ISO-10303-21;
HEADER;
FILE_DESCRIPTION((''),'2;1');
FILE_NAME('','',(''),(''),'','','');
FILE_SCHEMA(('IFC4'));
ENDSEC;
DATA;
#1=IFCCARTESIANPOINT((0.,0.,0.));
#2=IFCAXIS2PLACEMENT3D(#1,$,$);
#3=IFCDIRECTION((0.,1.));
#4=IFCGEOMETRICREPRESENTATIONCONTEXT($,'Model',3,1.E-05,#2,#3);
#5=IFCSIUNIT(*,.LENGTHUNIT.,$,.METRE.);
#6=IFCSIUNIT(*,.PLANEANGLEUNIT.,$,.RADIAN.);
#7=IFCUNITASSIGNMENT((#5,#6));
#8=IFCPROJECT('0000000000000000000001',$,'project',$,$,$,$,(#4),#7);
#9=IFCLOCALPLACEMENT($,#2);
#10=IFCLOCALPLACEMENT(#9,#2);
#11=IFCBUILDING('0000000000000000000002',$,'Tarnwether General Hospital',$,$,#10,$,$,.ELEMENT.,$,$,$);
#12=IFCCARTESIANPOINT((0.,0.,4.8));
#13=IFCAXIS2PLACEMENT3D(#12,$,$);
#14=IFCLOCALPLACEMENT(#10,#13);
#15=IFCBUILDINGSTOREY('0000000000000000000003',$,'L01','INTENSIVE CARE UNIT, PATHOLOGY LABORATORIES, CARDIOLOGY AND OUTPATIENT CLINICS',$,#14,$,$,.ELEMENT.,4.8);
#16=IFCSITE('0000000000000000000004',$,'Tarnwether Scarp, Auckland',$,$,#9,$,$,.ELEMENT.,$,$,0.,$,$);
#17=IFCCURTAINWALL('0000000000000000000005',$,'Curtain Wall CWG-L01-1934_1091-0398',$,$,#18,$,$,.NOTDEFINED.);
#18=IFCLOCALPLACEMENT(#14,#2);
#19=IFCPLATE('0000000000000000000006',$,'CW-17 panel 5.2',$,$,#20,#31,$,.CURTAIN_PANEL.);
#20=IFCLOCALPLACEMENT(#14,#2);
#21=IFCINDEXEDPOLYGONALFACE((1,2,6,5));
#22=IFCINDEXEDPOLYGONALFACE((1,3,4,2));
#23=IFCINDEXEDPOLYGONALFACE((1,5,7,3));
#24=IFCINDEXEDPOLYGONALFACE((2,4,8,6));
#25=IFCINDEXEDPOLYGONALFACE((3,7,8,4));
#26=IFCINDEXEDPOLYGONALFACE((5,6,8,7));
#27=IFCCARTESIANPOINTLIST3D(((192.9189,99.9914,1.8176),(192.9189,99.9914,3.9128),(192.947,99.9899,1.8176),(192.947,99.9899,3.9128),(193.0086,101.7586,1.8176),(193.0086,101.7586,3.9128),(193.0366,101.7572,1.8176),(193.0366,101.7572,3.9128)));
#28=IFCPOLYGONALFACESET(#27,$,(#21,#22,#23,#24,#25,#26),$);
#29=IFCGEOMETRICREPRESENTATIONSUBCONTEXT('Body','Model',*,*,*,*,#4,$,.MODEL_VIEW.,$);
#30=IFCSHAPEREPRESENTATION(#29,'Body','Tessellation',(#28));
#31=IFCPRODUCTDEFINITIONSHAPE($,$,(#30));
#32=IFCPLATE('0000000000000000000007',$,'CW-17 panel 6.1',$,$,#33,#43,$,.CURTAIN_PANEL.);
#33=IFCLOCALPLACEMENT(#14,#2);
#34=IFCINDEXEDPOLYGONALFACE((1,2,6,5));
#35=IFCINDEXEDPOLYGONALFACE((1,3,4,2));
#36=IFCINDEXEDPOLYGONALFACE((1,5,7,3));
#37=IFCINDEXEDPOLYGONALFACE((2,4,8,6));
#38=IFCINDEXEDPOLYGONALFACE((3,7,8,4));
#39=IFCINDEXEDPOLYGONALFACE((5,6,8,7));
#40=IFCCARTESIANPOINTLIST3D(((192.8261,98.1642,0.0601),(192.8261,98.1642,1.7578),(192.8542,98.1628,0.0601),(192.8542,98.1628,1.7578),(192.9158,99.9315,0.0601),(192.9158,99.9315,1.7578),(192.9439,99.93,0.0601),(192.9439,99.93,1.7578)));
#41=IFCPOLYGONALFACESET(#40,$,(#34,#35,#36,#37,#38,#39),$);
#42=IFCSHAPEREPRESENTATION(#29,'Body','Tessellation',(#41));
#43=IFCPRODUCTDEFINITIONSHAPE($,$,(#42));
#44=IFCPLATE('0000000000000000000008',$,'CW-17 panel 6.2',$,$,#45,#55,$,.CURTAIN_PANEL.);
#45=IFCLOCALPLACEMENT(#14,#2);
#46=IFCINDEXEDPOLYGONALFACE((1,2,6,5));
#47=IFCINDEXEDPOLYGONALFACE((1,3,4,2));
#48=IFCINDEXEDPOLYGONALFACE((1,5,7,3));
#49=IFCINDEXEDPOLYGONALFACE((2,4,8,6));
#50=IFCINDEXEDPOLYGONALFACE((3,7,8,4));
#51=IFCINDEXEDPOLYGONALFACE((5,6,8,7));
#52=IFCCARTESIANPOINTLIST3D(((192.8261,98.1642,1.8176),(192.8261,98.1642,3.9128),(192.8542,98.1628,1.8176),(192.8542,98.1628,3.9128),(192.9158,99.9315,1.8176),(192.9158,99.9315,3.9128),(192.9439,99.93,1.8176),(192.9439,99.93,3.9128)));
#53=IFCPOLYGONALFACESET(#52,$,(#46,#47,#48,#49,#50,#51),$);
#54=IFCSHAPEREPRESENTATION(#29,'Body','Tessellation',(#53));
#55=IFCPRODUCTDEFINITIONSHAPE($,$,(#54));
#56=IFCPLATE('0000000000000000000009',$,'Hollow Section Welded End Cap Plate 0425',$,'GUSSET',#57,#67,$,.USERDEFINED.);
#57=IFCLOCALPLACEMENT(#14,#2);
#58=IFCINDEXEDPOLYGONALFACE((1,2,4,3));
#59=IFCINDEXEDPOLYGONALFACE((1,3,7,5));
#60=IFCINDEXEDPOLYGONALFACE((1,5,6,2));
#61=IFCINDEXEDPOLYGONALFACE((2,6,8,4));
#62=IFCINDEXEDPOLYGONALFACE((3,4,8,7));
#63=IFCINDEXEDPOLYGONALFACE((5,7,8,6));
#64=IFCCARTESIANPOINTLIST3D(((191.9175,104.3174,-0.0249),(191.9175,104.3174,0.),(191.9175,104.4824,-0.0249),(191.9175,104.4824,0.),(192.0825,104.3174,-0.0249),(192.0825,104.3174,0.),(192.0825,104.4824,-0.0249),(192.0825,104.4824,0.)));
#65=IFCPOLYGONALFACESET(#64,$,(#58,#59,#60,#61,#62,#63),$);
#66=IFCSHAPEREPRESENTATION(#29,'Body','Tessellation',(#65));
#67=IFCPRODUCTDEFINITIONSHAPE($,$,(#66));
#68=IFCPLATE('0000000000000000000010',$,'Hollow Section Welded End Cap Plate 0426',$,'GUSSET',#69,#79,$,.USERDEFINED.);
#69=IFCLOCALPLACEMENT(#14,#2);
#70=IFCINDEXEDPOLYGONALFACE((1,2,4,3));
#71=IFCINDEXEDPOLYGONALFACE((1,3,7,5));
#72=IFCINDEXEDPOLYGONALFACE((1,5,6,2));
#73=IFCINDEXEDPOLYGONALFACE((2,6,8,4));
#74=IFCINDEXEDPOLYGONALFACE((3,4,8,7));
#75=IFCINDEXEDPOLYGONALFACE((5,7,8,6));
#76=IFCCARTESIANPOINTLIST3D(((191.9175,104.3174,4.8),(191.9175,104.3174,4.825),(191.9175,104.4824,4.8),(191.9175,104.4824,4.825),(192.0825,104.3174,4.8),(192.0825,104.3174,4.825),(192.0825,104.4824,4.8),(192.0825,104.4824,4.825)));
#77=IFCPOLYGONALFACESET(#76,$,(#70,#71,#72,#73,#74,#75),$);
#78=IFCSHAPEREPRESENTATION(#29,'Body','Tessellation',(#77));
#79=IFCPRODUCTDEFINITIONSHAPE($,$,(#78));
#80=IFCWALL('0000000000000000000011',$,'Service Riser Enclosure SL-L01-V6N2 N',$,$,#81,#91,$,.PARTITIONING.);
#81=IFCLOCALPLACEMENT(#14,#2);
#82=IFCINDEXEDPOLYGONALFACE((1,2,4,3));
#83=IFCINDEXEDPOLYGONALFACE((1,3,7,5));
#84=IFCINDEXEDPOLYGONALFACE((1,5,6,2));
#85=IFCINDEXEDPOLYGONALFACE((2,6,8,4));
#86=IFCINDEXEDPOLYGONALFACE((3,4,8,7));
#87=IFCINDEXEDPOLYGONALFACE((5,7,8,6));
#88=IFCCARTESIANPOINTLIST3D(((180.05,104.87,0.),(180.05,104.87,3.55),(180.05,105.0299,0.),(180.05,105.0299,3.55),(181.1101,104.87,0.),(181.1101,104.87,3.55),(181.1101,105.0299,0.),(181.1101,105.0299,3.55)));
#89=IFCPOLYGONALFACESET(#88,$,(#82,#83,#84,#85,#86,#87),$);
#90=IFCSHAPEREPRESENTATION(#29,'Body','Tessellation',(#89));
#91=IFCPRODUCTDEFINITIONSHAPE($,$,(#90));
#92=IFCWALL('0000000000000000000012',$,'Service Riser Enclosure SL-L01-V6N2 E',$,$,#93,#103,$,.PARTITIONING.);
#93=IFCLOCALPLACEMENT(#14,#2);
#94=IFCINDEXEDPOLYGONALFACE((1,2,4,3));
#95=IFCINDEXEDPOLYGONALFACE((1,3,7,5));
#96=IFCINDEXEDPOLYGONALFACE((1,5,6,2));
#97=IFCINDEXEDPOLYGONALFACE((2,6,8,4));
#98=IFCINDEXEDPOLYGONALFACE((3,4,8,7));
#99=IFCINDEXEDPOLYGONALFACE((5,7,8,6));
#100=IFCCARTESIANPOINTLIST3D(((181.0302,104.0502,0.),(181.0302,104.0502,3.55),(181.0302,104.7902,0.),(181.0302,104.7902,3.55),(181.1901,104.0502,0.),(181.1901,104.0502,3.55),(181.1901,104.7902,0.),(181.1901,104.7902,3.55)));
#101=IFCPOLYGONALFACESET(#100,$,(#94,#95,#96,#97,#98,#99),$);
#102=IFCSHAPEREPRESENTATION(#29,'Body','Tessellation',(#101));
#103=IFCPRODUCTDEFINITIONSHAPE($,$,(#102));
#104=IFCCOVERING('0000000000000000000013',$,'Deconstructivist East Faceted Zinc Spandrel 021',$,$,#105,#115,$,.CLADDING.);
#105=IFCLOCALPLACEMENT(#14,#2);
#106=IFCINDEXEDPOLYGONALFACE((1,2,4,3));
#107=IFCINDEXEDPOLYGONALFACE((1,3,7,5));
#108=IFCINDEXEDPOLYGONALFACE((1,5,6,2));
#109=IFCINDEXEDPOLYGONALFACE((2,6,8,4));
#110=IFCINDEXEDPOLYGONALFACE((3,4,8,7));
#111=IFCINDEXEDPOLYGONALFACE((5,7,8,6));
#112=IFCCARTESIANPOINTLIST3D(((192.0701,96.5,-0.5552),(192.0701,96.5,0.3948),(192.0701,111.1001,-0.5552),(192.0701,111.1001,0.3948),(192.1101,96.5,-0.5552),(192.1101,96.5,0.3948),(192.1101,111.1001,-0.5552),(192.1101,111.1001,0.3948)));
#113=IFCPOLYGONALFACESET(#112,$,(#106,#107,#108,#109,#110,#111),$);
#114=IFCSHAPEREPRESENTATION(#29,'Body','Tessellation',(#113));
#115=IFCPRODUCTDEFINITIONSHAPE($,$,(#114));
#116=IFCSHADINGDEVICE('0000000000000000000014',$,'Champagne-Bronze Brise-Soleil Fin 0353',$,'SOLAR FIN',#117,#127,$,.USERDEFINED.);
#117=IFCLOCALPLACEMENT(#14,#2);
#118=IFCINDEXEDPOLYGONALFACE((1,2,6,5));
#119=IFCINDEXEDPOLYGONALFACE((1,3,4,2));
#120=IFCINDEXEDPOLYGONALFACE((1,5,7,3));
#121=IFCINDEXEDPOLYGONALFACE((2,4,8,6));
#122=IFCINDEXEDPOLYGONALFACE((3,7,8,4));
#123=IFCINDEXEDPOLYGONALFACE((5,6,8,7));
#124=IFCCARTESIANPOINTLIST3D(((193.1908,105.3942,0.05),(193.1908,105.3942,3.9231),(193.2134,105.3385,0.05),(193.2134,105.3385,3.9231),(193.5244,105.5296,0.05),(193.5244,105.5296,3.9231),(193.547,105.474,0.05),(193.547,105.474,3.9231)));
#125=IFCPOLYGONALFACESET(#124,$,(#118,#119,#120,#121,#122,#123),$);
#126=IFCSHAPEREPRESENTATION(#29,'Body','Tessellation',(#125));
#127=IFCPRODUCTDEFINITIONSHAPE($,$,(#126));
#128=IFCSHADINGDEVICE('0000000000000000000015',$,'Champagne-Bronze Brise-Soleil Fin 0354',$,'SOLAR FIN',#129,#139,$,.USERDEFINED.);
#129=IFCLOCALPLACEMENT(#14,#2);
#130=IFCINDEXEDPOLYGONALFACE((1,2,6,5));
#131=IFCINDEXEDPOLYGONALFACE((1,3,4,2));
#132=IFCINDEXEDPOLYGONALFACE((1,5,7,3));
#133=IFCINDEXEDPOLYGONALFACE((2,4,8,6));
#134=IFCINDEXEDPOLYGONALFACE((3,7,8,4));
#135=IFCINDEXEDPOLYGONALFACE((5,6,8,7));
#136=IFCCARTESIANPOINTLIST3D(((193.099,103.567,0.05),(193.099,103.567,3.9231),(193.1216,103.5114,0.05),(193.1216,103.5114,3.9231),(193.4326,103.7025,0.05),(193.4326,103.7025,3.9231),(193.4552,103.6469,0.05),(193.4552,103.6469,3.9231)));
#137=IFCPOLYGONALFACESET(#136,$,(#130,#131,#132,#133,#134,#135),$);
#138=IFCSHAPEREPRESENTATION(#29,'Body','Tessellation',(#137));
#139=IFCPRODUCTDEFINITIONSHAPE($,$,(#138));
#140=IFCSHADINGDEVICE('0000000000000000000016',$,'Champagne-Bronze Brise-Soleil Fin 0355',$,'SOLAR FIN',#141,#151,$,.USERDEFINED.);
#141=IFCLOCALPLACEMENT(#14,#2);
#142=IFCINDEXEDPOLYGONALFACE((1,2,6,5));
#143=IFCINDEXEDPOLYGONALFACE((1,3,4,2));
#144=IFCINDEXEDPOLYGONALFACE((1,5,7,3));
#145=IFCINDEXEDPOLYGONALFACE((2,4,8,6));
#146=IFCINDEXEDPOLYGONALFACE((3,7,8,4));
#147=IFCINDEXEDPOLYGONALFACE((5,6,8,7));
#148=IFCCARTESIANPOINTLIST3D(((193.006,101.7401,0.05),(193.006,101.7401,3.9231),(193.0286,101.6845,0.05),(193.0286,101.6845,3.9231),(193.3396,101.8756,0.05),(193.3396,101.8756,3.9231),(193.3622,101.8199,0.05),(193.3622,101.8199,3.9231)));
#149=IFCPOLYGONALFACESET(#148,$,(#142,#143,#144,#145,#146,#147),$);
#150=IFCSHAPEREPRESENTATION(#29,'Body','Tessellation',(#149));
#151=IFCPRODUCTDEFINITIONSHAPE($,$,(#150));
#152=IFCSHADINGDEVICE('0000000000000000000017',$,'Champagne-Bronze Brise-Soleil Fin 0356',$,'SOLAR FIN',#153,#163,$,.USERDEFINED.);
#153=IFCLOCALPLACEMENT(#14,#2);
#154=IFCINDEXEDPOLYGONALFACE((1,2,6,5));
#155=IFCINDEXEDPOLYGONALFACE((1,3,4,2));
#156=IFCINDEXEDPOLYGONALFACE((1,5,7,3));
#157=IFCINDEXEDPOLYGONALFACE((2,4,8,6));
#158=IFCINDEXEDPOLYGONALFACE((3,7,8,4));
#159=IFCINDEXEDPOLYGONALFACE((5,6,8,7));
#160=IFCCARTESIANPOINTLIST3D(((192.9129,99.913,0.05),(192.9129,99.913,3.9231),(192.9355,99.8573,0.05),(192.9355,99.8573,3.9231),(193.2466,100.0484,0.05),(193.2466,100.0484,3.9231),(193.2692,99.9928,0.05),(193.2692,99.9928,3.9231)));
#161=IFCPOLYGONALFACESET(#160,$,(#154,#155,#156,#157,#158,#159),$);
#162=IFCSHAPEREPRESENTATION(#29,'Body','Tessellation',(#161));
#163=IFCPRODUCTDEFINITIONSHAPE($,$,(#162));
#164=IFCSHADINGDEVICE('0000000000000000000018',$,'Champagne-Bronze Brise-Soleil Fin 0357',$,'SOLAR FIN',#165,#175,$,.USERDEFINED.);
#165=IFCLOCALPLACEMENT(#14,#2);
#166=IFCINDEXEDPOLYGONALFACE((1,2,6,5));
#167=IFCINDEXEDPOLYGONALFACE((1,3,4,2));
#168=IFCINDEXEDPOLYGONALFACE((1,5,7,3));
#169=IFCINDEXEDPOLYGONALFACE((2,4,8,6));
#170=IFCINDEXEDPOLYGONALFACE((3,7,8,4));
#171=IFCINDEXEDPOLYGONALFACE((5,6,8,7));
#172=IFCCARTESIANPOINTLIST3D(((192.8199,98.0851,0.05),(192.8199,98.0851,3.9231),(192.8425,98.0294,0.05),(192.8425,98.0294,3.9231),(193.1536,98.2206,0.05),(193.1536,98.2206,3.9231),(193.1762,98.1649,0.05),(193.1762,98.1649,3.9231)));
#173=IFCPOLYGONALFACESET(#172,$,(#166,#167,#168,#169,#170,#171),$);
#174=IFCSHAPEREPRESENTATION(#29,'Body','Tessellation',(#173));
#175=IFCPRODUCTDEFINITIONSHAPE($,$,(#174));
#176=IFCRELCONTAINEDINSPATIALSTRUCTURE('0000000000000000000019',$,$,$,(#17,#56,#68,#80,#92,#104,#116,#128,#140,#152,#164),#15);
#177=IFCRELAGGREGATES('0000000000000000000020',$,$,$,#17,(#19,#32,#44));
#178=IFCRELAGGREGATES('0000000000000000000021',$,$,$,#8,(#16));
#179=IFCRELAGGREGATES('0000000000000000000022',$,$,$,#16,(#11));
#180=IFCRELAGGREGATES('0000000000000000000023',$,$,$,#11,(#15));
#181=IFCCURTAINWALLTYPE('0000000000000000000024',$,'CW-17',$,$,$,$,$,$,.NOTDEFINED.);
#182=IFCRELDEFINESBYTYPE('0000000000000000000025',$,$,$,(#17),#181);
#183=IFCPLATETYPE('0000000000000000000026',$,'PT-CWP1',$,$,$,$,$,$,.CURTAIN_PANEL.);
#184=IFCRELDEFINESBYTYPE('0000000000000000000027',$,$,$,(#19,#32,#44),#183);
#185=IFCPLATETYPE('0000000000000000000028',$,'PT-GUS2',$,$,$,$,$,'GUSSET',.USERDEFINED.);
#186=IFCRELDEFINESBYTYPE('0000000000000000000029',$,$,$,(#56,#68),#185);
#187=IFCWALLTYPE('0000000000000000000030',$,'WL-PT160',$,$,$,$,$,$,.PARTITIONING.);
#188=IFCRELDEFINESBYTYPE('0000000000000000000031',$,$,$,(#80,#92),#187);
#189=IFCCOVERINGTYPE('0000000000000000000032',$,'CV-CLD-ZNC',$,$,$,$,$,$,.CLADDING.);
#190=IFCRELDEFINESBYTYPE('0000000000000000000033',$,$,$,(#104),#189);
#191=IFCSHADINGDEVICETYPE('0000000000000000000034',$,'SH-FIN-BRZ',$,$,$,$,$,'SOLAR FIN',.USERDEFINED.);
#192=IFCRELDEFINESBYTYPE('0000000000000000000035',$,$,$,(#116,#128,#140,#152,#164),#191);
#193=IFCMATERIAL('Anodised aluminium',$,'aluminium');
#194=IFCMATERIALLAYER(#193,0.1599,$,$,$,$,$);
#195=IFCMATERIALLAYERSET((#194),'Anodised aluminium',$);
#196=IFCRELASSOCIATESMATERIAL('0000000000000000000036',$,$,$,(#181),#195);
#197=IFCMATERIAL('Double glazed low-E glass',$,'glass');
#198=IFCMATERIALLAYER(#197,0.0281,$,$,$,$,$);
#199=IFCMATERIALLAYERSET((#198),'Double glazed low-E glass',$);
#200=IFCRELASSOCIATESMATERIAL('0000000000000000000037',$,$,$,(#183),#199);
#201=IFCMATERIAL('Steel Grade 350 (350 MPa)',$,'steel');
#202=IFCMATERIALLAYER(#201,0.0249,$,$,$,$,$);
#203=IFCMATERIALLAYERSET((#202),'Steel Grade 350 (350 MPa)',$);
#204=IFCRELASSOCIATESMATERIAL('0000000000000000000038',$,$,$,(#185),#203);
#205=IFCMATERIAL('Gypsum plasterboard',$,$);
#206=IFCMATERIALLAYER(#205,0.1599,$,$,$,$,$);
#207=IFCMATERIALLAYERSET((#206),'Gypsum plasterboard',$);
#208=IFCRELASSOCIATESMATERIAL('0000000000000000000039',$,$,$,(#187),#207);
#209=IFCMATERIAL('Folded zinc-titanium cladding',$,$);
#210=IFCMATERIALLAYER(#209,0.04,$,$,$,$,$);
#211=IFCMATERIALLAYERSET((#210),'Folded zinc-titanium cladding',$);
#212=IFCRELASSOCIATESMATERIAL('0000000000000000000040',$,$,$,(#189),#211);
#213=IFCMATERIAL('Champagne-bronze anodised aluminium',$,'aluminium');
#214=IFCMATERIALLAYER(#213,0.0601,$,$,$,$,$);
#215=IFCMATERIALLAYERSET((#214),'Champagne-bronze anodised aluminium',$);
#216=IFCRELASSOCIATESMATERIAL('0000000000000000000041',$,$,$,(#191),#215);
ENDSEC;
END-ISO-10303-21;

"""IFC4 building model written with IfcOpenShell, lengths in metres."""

from ifc_helpers import new_model, si_unit, direction, frame, frame_2d, origin, origin_2d, place, context, subcontext, project, spatial, rectangle, extrude, material, layer, layer_set, type_object, element, aggregate, save


model = new_model("IFC4")

# Units and contexts
model_context = context("Model", 3, precision=1e-05, world=origin(), true_north=direction((0.0, 1.0)))
body_context = subcontext(model_context, "Body", "Model", "MODEL_VIEW")
ifc_project = project(units=[si_unit("LENGTHUNIT", "METRE"), si_unit("PLANEANGLEUNIT", "RADIAN")], contexts=[model_context])

# Site, building, storey
site_placement = place(None, origin())
site = spatial("IfcSite", under=ifc_project, at=site_placement, Name="Tarnwether Scarp, Auckland", CompositionType="ELEMENT", RefElevation=0.0)
building_placement = place(site_placement, origin())
building = spatial("IfcBuilding", under=site, at=building_placement, Name="Tarnwether General Hospital", CompositionType="ELEMENT")
storey_placement = place(building_placement, frame((0.0, 0.0, 4.8)))
storey = spatial("IfcBuildingStorey", under=building, at=storey_placement, Name="L01", Description="INTENSIVE CARE UNIT, PATHOLOGY LABORATORIES, CARDIOLOGY AND OUTPATIENT CLINICS", CompositionType="ELEMENT", Elevation=4.8)

# Curtain wall, plates
ifc_material_1 = material(Name="Anodised aluminium", Category="aluminium")
ifc_layer_1 = layer(ifc_material_1, 0.1599)
ifc_layer_set_1 = layer_set([ifc_layer_1], Name="Anodised aluminium")
curtain_wall_type = type_object("IfcCurtainWallType", Name="CW-17", PredefinedType="NOTDEFINED", material=ifc_layer_set_1)
curtain_wall_placement = place(storey_placement, origin())
curtain_wall = element("IfcCurtainWall", 1, at=curtain_wall_placement, inside=storey, type_object=curtain_wall_type, Name="Curtain Wall CWG-L01-1934_1091-0398", PredefinedType="NOTDEFINED")
ifc_material_2 = material(Name="Double glazed low-E glass", Category="glass")
ifc_layer_2 = layer(ifc_material_2, 0.0281)
ifc_layer_set_2 = layer_set([ifc_layer_2], Name="Double glazed low-E glass")
plate_type_1 = type_object("IfcPlateType", Name="PT-CWP1", PredefinedType="CURTAIN_PANEL", material=ifc_layer_set_2)
plate_1_placement = place(storey_placement, frame((192.9778, 100.8743, 1.8176), z_axis=(0.0, 0.0, 1.0), x_axis=(-0.050685, -0.998715, 0.0)))
plate_1 = element("IfcPlate", 2, at=plate_1_placement, type_object=plate_type_1, Name="CW-17 panel 5.2", PredefinedType="CURTAIN_PANEL", context=body_context, shape_type="SweptSolid", body=[
    extrude(rectangle(XDim=1.7695, YDim=0.0281, at=origin_2d()), origin(), (0.0, 0.0, 1.0), 2.0952),
])
plate_2_placement = place(storey_placement, frame((192.885, 99.0471, 0.0601), z_axis=(0.0, 0.0, 1.0), x_axis=(-0.050685, -0.998715, 0.0)))
plate_2 = element("IfcPlate", 3, at=plate_2_placement, type_object=plate_type_1, Name="CW-17 panel 6.1", PredefinedType="CURTAIN_PANEL", context=body_context, shape_type="SweptSolid", body=[
    extrude(rectangle(XDim=1.7695, YDim=0.0281, at=origin_2d()), origin(), (0.0, 0.0, 1.0), 1.6978),
])
plate_3_placement = place(storey_placement, frame((192.885, 99.0471, 1.8176), z_axis=(0.0, 0.0, 1.0), x_axis=(-0.050685, -0.998715, 0.0)))
plate_3 = element("IfcPlate", 4, at=plate_3_placement, type_object=plate_type_1, Name="CW-17 panel 6.2", PredefinedType="CURTAIN_PANEL", context=body_context, shape_type="SweptSolid", body=[
    extrude(rectangle(XDim=1.7695, YDim=0.0281, at=origin_2d()), origin(), (0.0, 0.0, 1.0), 2.0952),
])
aggregate(curtain_wall, [plate_1, plate_2, plate_3])

# Plates
ifc_material_3 = material(Name="Steel Grade 350 (350 MPa)", Category="steel")
ifc_layer_3 = layer(ifc_material_3, 0.0249)
ifc_layer_set_3 = layer_set([ifc_layer_3], Name="Steel Grade 350 (350 MPa)")
plate_type_2 = type_object("IfcPlateType", Name="PT-GUS2", ElementType="GUSSET", PredefinedType="USERDEFINED", material=ifc_layer_set_3)
for number, where, z_axis, x_axis, name in (
    (5, (192.0, 104.3999, -0.0249), (0.0, 0.0, 1.0), (1.0, 0.0, 0.0), "Hollow Section Welded End Cap Plate 0425"),
    (6, (192.0, 104.3999, 4.8), (0.0, 0.0, 1.0), (1.0, 0.0, 0.0), "Hollow Section Welded End Cap Plate 0426"),
):
    element("IfcPlate", number, at=place(storey_placement, frame(where, z_axis=z_axis, x_axis=x_axis)), inside=storey, type_object=plate_type_2, Name=name, ObjectType="GUSSET", PredefinedType="USERDEFINED", context=body_context, shape_type="SweptSolid", body=[
        extrude(rectangle(XDim=0.165, YDim=0.165, at=origin_2d()), origin(), (0.0, 0.0, 1.0), 0.0249),
    ])

# Walls
ifc_material_4 = material(Name="Gypsum plasterboard")
ifc_layer_4 = layer(ifc_material_4, 0.1599)
ifc_layer_set_4 = layer_set([ifc_layer_4], Name="Gypsum plasterboard")
wall_type = type_object("IfcWallType", Name="WL-PT160", PredefinedType="PARTITIONING", material=ifc_layer_set_4)
wall_1_placement = place(storey_placement, frame((181.1101, 104.95, 0.0), z_axis=(0.0, 0.0, 1.0), x_axis=(-1.0, 0.0, 0.0)))
element("IfcWall", 7, at=wall_1_placement, inside=storey, type_object=wall_type, Name="Service Riser Enclosure SL-L01-V6N2 N", PredefinedType="PARTITIONING", context=body_context, shape_type="SweptSolid", body=[
    extrude(rectangle(XDim=1.0601, YDim=0.1599, at=frame_2d((0.53, 0.0))), origin(), (0.0, 0.0, 1.0), 3.55),
])
wall_2_placement = place(storey_placement, frame((181.1101, 104.05, 0.0), z_axis=(0.0, 0.0, 1.0), x_axis=(0.0, 1.0, 0.0)))
element("IfcWall", 8, at=wall_2_placement, inside=storey, type_object=wall_type, Name="Service Riser Enclosure SL-L01-V6N2 E", PredefinedType="PARTITIONING", context=body_context, shape_type="SweptSolid", body=[
    extrude(rectangle(XDim=0.74, YDim=0.1599, at=frame_2d((0.3701, 0.0))), origin(), (0.0, 0.0, 1.0), 3.55),
])

# Covering
ifc_material_5 = material(Name="Folded zinc-titanium cladding")
ifc_layer_5 = layer(ifc_material_5, 0.04)
ifc_layer_set_5 = layer_set([ifc_layer_5], Name="Folded zinc-titanium cladding")
covering_type = type_object("IfcCoveringType", Name="CV-CLD-ZNC", PredefinedType="CLADDING", material=ifc_layer_set_5)
covering_placement = place(storey_placement, frame((192.0901, 103.8, -0.5552), z_axis=(0.0, 0.0, 1.0), x_axis=(0.0, 1.0, 0.0)))
element("IfcCovering", 9, at=covering_placement, inside=storey, type_object=covering_type, Name="Deconstructivist East Faceted Zinc Spandrel 021", PredefinedType="CLADDING", context=body_context, shape_type="SweptSolid", body=[
    extrude(rectangle(XDim=14.6001, YDim=0.04, at=origin_2d()), origin(), (0.0, 0.0, 1.0), 0.95),
])

# Shading devices
ifc_material_6 = material(Name="Champagne-bronze anodised aluminium", Category="aluminium")
ifc_layer_6 = layer(ifc_material_6, 0.0601)
ifc_layer_set_6 = layer_set([ifc_layer_6], Name="Champagne-bronze anodised aluminium")
shading_device_type = type_object("IfcShadingDeviceType", Name="SH-FIN-BRZ", ElementType="SOLAR FIN", PredefinedType="USERDEFINED", material=ifc_layer_set_6)
for number, where, z_axis, x_axis, name in (
    (10, (193.3689, 105.4341, 0.05), (0.0, 0.0, 1.0), (0.376224, -0.926529, 0.0), "Champagne-Bronze Brise-Soleil Fin 0353"),
    (11, (193.2771, 103.6069, 0.05), (0.0, 0.0, 1.0), (0.376224, -0.926529, 0.0), "Champagne-Bronze Brise-Soleil Fin 0354"),
    (12, (193.1841, 101.78, 0.05), (0.0, 0.0, 1.0), (0.376224, -0.926529, 0.0), "Champagne-Bronze Brise-Soleil Fin 0355"),
    (13, (193.0911, 99.9529, 0.05), (0.0, 0.0, 1.0), (0.376224, -0.926529, 0.0), "Champagne-Bronze Brise-Soleil Fin 0356"),
    (14, (192.998, 98.125, 0.05), (0.0, 0.0, 1.0), (0.376224, -0.926529, 0.0), "Champagne-Bronze Brise-Soleil Fin 0357"),
):
    element("IfcShadingDevice", number, at=place(storey_placement, frame(where, z_axis=z_axis, x_axis=x_axis)), inside=storey, type_object=shading_device_type, Name=name, ObjectType="SOLAR FIN", PredefinedType="USERDEFINED", context=body_context, shape_type="SweptSolid", body=[
        extrude(rectangle(XDim=0.0601, YDim=0.3601, at=origin_2d()), origin(), (0.0, 0.0, 1.0), 3.873),
    ])

save(model, "model.ifc")
